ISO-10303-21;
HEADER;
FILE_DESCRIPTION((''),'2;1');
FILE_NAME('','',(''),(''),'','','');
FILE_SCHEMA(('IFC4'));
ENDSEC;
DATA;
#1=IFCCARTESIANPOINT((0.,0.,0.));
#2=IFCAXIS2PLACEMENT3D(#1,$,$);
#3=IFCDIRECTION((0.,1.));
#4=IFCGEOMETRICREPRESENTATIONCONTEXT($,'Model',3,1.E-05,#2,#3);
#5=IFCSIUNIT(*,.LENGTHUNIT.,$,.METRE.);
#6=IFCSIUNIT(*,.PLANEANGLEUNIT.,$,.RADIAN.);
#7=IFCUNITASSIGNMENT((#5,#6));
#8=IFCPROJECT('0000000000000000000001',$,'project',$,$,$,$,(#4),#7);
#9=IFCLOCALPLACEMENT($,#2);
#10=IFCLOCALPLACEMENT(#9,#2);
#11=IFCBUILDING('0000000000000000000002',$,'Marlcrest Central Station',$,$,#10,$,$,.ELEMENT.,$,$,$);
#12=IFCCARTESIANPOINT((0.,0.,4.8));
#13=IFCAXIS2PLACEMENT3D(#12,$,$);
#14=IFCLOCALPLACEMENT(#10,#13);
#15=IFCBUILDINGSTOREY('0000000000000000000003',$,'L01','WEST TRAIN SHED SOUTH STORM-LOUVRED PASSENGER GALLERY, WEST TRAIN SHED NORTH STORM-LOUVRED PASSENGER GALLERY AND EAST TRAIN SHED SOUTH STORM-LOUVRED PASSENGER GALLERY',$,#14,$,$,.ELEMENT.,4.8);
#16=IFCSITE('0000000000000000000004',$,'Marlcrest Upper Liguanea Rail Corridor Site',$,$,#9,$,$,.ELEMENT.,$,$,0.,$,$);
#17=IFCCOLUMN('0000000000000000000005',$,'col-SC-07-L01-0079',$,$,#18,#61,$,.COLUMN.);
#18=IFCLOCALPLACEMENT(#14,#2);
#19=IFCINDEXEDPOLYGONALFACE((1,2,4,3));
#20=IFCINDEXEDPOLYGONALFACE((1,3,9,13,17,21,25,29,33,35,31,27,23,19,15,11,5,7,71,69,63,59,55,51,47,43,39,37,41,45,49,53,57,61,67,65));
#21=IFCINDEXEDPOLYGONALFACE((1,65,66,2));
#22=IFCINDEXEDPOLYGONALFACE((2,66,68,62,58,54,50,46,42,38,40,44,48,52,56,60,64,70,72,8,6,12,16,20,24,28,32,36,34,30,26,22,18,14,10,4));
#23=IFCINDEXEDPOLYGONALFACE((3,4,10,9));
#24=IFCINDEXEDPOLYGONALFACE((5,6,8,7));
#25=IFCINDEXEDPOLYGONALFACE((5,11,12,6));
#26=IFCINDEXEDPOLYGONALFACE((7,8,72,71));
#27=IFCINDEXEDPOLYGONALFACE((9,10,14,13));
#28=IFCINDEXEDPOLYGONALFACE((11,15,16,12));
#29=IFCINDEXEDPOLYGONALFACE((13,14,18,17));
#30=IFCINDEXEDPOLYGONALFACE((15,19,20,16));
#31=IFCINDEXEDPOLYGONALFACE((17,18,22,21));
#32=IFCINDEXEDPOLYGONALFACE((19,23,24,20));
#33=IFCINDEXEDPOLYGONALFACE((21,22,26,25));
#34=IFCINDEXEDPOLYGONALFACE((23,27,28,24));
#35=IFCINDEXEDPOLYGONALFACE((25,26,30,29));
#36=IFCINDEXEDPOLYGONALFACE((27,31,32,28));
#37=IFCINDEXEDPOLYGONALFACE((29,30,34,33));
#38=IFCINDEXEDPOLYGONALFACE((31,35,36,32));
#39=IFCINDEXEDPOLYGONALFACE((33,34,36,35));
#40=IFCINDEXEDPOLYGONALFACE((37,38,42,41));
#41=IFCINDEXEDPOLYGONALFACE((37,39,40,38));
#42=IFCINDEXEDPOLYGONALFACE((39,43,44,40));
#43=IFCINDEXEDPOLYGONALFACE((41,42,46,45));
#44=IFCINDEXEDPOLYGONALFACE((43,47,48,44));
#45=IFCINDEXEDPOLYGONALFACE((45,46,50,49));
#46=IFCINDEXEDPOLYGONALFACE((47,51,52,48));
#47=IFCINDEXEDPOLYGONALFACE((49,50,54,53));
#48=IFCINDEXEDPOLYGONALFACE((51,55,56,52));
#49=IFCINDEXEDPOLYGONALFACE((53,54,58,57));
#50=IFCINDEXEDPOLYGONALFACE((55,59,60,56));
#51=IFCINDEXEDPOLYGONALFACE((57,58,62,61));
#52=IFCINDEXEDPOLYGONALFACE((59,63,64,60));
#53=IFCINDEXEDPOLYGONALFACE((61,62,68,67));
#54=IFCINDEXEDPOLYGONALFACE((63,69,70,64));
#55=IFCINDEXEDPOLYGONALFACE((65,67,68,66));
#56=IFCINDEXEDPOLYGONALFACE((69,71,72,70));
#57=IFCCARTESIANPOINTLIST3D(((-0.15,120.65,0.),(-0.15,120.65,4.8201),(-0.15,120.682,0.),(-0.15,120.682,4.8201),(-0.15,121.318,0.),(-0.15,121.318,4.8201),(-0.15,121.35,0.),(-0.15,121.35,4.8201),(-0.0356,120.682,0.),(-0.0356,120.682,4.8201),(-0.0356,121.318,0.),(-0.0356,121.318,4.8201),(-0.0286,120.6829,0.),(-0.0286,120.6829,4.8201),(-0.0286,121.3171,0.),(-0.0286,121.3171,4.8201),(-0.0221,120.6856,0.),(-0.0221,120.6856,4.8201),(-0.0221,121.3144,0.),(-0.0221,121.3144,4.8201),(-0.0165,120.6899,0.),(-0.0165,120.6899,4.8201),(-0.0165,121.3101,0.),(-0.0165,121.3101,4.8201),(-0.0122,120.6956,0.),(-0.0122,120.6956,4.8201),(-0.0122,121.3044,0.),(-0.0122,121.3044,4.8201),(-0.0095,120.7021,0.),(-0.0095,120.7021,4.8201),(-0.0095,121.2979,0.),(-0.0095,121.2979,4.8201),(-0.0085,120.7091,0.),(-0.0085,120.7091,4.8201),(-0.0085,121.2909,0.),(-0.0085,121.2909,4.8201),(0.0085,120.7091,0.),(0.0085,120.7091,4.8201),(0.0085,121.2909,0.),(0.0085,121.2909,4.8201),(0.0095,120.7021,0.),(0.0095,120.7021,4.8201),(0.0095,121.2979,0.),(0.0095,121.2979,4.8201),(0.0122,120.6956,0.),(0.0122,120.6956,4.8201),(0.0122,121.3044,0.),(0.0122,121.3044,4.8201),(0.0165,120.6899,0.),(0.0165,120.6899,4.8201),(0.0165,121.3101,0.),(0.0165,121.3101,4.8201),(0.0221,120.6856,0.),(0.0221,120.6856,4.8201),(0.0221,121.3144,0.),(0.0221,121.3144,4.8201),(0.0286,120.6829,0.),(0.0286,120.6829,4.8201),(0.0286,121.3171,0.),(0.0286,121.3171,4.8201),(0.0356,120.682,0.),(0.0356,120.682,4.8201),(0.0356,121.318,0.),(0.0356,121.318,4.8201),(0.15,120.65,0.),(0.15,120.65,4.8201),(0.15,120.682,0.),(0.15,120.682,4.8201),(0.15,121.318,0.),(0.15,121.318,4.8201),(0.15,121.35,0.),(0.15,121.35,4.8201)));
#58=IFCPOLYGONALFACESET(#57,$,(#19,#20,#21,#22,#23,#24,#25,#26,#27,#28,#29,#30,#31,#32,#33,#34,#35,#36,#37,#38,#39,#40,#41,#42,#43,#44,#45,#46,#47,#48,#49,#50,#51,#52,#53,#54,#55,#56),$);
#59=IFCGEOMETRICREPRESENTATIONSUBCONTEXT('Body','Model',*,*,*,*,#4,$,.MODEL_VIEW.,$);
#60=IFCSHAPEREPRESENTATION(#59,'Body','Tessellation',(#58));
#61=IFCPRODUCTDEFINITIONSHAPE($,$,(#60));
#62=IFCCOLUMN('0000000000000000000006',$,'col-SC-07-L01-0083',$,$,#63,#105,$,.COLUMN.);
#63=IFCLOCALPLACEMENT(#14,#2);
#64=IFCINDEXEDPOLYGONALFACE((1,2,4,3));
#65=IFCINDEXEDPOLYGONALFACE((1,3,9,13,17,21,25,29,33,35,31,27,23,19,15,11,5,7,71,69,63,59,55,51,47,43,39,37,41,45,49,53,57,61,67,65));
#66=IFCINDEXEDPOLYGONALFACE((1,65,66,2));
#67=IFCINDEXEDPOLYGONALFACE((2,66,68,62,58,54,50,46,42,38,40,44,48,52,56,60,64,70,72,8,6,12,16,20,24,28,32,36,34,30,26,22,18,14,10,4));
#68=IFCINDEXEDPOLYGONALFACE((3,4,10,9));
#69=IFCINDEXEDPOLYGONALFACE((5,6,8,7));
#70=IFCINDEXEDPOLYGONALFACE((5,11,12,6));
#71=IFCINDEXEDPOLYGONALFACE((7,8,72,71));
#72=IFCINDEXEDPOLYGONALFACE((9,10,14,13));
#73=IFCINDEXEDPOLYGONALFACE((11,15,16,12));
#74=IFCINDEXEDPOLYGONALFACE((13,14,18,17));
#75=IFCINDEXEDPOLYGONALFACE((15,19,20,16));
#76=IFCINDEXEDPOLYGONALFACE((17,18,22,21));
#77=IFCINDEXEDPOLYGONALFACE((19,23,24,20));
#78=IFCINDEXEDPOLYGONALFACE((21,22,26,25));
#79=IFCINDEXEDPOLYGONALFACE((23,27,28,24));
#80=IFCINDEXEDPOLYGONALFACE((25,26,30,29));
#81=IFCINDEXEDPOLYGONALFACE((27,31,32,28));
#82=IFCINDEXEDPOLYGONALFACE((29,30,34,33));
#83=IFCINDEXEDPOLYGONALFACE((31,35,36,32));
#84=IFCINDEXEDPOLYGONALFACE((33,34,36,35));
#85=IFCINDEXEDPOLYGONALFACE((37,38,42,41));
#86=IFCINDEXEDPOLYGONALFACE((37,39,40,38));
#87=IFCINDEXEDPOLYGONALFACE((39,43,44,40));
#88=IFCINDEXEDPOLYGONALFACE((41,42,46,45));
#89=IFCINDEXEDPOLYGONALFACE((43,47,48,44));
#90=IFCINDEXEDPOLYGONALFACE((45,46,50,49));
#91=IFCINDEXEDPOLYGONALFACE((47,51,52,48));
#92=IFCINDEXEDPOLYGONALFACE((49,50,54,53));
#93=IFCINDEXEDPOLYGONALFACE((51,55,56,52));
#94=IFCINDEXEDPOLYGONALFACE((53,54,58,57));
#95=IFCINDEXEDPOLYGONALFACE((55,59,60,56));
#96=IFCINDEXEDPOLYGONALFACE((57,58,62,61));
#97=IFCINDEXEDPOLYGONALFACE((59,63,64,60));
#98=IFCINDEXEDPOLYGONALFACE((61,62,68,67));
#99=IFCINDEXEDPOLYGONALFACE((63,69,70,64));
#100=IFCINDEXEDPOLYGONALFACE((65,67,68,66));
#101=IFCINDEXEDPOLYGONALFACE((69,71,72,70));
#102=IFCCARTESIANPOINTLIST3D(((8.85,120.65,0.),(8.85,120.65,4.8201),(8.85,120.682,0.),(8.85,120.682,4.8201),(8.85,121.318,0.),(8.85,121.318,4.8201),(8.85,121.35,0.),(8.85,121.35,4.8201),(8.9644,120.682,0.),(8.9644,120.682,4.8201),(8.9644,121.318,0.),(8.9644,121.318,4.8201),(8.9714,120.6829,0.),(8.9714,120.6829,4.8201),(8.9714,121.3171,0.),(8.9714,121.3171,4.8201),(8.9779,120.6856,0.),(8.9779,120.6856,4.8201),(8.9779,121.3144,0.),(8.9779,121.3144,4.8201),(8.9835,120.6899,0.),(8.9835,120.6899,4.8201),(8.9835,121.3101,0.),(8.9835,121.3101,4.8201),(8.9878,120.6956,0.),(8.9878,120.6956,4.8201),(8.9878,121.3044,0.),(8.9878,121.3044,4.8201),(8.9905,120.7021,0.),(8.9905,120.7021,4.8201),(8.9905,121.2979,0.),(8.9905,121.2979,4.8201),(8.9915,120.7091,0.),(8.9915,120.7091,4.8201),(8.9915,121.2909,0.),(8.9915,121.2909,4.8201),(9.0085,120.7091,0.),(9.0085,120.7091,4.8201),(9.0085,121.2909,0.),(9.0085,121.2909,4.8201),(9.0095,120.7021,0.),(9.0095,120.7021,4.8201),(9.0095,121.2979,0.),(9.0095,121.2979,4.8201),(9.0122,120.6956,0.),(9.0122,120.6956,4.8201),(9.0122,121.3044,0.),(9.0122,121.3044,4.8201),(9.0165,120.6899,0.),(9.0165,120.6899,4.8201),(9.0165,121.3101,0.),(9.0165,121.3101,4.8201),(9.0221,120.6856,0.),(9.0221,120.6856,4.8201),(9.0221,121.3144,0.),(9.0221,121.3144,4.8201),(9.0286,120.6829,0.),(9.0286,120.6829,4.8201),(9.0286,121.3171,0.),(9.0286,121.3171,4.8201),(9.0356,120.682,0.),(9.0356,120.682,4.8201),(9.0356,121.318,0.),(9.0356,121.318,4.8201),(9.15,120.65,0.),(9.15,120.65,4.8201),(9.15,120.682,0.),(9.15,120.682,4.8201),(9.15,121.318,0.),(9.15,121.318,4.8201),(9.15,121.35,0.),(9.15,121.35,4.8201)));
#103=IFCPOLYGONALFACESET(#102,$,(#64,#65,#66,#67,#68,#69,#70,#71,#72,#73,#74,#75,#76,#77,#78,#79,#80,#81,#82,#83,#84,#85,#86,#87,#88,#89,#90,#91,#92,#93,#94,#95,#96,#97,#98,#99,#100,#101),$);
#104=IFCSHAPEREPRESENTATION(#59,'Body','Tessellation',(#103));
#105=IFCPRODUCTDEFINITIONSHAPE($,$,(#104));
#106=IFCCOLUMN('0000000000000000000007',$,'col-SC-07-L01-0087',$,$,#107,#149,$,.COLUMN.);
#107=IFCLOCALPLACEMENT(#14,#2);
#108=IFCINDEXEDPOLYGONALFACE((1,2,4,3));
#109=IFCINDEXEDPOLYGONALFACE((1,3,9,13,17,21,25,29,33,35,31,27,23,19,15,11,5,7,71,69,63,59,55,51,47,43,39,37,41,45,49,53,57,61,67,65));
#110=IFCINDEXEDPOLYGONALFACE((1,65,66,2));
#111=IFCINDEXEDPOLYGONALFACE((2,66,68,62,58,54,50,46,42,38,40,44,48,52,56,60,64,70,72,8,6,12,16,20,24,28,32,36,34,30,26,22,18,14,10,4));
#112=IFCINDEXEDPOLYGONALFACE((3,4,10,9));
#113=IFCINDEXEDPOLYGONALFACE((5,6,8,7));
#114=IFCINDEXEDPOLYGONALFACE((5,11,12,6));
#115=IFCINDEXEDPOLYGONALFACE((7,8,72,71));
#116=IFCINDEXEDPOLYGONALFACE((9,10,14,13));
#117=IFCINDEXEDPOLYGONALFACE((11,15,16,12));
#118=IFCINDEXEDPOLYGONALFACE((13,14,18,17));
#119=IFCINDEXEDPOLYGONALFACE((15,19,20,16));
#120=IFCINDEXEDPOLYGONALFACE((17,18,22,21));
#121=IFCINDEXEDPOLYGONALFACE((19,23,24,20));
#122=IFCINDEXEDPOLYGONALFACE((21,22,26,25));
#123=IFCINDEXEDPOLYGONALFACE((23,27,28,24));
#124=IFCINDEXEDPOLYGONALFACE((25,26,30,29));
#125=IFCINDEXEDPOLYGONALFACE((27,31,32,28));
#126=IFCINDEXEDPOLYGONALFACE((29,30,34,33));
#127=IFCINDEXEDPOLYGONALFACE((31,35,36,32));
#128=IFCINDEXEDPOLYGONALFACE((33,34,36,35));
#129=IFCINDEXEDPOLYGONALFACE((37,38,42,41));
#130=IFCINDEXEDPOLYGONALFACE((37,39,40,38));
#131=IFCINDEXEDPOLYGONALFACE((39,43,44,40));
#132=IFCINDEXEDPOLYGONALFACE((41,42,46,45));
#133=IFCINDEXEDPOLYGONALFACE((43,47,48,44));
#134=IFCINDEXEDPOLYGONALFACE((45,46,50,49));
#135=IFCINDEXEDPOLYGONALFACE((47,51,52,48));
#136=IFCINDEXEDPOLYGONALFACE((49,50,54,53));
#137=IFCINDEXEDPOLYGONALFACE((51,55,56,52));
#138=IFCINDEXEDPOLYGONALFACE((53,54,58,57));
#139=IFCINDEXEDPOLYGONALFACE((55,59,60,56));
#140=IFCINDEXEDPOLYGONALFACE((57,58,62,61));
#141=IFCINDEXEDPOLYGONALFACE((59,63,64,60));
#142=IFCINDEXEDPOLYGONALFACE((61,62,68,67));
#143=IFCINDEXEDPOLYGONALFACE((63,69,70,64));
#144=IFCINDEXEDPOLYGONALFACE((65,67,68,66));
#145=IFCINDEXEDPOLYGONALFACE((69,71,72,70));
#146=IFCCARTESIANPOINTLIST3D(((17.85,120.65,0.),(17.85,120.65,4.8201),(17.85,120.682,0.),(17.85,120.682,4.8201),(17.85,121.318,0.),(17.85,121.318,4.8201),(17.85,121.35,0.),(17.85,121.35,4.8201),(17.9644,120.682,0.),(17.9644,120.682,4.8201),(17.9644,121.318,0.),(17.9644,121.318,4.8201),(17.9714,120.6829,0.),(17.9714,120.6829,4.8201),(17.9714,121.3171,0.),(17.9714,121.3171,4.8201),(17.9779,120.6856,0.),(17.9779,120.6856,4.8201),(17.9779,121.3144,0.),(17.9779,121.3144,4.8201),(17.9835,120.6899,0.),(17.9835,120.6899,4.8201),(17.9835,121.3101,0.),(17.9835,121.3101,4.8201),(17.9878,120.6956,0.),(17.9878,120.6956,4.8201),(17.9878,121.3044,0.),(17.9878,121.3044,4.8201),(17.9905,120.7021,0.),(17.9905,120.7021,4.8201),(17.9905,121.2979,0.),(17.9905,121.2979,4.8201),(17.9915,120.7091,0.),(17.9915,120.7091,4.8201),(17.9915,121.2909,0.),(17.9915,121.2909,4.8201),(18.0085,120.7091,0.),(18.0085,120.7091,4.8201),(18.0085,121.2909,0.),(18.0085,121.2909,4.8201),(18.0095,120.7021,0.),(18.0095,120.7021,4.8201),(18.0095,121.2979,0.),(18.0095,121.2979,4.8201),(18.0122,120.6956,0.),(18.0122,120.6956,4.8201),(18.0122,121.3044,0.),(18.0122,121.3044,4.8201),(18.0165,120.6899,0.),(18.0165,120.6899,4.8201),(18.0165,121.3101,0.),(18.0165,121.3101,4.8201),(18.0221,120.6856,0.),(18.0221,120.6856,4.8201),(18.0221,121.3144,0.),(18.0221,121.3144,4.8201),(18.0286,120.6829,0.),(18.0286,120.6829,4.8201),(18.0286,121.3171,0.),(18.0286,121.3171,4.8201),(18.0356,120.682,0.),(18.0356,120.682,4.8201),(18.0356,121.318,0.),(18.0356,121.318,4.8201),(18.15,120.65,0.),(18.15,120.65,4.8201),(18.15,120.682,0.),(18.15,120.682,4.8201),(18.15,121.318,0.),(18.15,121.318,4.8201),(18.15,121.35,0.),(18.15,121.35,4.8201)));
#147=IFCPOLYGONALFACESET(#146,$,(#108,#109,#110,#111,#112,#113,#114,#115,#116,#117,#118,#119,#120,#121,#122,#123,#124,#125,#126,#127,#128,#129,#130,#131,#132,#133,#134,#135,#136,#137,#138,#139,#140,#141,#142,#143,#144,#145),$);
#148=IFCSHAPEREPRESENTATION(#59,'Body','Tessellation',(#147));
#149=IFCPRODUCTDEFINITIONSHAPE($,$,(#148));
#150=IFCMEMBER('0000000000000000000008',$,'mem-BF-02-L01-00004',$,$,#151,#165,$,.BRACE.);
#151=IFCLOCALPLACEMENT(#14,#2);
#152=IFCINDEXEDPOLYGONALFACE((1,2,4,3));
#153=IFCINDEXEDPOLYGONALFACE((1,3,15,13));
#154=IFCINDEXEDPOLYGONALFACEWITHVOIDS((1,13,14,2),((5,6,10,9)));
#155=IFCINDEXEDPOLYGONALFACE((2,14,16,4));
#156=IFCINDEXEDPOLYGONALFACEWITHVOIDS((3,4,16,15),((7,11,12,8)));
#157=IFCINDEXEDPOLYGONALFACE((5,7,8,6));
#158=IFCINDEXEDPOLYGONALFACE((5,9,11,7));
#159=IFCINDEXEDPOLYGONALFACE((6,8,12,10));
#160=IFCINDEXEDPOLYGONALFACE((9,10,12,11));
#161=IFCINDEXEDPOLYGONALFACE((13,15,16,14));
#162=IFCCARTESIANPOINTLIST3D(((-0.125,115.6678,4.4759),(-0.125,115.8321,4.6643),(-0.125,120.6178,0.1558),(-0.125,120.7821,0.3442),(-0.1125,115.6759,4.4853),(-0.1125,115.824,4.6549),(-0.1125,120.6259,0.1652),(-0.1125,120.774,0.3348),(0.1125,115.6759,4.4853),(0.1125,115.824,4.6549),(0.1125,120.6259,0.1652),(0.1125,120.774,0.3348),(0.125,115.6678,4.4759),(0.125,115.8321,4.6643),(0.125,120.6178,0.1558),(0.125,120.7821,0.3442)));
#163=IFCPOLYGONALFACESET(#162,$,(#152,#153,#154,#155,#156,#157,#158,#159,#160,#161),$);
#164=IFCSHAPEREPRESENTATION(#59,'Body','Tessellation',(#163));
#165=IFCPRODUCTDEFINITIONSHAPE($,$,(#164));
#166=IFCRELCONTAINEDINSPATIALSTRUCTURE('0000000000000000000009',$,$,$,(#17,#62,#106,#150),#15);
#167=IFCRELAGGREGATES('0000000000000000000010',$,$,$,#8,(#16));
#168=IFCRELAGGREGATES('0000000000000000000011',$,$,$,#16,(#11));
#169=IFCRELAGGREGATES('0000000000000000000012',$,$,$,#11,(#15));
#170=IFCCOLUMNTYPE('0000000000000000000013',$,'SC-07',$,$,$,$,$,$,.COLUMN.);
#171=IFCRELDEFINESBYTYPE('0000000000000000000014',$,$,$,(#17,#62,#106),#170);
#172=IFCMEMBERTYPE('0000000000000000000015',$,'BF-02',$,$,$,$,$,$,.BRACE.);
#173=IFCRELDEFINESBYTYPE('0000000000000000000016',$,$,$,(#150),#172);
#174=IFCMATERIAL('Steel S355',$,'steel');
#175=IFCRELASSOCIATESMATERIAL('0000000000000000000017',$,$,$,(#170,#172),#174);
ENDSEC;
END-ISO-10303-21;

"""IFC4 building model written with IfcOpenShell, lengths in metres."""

from ifc_helpers import new_model, si_unit, direction, frame, origin, origin_2d, place, context, subcontext, project, spatial, hollow_rectangle, i_section, extrude, material, material_profile, profile_set, type_object, element, save


model = new_model("IFC4")

# Units and contexts
model_context = context("Model", 3, precision=1e-05, world=origin(), true_north=direction((0.0, 1.0)))
body_context = subcontext(model_context, "Body", "Model", "MODEL_VIEW")
ifc_project = project(units=[si_unit("LENGTHUNIT", "METRE"), si_unit("PLANEANGLEUNIT", "RADIAN")], contexts=[model_context])

# Site, building, storey
site_placement = place(None, origin())
site = spatial("IfcSite", under=ifc_project, at=site_placement, Name="Marlcrest Upper Liguanea Rail Corridor Site", CompositionType="ELEMENT", RefElevation=0.0)
building_placement = place(site_placement, origin())
building = spatial("IfcBuilding", under=site, at=building_placement, Name="Marlcrest Central Station", CompositionType="ELEMENT")
storey_placement = place(building_placement, frame((0.0, 0.0, 4.8)))
storey = spatial("IfcBuildingStorey", under=building, at=storey_placement, Name="L01", Description="WEST TRAIN SHED SOUTH STORM-LOUVRED PASSENGER GALLERY, WEST TRAIN SHED NORTH STORM-LOUVRED PASSENGER GALLERY AND EAST TRAIN SHED SOUTH STORM-LOUVRED PASSENGER GALLERY", CompositionType="ELEMENT", Elevation=4.8)

# Columns
ifc_material_1 = material(Name="Steel S355", Category="steel")
ifc_material_profile_1 = material_profile(ifc_material_1, i_section(OverallWidth=0.3, OverallDepth=0.7, WebThickness=0.0171, FlangeThickness=0.032, FilletRadius=0.0271, at=origin_2d()), Name="HEB 700")
ifc_profile_set_1 = profile_set([ifc_material_profile_1], Name="Steel S355")
column_type = type_object("IfcColumnType", Name="SC-07", PredefinedType="COLUMN", material=ifc_profile_set_1)
for number, where, z_axis, x_axis, name in (
    (1, (0.0, 121.0, 0.0), (0.0, 0.0, 1.0), (1.0, 0.0, 0.0), "col-SC-07-L01-0079"),
    (2, (9.0, 121.0, 0.0), (0.0, 0.0, 1.0), (1.0, 0.0, 0.0), "col-SC-07-L01-0083"),
    (3, (18.0, 121.0, 0.0), (0.0, 0.0, 1.0), (1.0, 0.0, 0.0), "col-SC-07-L01-0087"),
):
    element("IfcColumn", number, at=place(storey_placement, frame(where, z_axis=z_axis, x_axis=x_axis)), inside=storey, type_object=column_type, Name=name, PredefinedType="COLUMN", context=body_context, shape_type="SweptSolid", body=[
        extrude(i_section(OverallWidth=0.3, OverallDepth=0.7, WebThickness=0.0171, FlangeThickness=0.032, FilletRadius=0.0271, at=origin_2d()), origin(), (0.0, 0.0, 1.0), 4.8201),
    ])

# Member
ifc_material_profile_2 = material_profile(ifc_material_1, hollow_rectangle(XDim=0.25, YDim=0.25, WallThickness=0.0125, at=origin_2d()), Name="SHS 250x250x12.5")
ifc_profile_set_2 = profile_set([ifc_material_profile_2], Name="Steel S355")
member_type = type_object("IfcMemberType", Name="BF-02", PredefinedType="BRACE", material=ifc_profile_set_2)
member_placement = place(storey_placement, frame((0.0, 120.7, 0.25), z_axis=(0.0, -0.753416, 0.657544), x_axis=(1.0, 0.0, 0.0)))
element("IfcMember", 4, at=member_placement, inside=storey, type_object=member_type, Name="mem-BF-02-L01-00004", PredefinedType="BRACE", context=body_context, shape_type="SweptSolid", body=[
    extrude(hollow_rectangle(XDim=0.25, YDim=0.25, WallThickness=0.0125, at=origin_2d()), origin(), (0.0, 0.0, 1.0), 6.5701),
])

save(model, "model.ifc")
